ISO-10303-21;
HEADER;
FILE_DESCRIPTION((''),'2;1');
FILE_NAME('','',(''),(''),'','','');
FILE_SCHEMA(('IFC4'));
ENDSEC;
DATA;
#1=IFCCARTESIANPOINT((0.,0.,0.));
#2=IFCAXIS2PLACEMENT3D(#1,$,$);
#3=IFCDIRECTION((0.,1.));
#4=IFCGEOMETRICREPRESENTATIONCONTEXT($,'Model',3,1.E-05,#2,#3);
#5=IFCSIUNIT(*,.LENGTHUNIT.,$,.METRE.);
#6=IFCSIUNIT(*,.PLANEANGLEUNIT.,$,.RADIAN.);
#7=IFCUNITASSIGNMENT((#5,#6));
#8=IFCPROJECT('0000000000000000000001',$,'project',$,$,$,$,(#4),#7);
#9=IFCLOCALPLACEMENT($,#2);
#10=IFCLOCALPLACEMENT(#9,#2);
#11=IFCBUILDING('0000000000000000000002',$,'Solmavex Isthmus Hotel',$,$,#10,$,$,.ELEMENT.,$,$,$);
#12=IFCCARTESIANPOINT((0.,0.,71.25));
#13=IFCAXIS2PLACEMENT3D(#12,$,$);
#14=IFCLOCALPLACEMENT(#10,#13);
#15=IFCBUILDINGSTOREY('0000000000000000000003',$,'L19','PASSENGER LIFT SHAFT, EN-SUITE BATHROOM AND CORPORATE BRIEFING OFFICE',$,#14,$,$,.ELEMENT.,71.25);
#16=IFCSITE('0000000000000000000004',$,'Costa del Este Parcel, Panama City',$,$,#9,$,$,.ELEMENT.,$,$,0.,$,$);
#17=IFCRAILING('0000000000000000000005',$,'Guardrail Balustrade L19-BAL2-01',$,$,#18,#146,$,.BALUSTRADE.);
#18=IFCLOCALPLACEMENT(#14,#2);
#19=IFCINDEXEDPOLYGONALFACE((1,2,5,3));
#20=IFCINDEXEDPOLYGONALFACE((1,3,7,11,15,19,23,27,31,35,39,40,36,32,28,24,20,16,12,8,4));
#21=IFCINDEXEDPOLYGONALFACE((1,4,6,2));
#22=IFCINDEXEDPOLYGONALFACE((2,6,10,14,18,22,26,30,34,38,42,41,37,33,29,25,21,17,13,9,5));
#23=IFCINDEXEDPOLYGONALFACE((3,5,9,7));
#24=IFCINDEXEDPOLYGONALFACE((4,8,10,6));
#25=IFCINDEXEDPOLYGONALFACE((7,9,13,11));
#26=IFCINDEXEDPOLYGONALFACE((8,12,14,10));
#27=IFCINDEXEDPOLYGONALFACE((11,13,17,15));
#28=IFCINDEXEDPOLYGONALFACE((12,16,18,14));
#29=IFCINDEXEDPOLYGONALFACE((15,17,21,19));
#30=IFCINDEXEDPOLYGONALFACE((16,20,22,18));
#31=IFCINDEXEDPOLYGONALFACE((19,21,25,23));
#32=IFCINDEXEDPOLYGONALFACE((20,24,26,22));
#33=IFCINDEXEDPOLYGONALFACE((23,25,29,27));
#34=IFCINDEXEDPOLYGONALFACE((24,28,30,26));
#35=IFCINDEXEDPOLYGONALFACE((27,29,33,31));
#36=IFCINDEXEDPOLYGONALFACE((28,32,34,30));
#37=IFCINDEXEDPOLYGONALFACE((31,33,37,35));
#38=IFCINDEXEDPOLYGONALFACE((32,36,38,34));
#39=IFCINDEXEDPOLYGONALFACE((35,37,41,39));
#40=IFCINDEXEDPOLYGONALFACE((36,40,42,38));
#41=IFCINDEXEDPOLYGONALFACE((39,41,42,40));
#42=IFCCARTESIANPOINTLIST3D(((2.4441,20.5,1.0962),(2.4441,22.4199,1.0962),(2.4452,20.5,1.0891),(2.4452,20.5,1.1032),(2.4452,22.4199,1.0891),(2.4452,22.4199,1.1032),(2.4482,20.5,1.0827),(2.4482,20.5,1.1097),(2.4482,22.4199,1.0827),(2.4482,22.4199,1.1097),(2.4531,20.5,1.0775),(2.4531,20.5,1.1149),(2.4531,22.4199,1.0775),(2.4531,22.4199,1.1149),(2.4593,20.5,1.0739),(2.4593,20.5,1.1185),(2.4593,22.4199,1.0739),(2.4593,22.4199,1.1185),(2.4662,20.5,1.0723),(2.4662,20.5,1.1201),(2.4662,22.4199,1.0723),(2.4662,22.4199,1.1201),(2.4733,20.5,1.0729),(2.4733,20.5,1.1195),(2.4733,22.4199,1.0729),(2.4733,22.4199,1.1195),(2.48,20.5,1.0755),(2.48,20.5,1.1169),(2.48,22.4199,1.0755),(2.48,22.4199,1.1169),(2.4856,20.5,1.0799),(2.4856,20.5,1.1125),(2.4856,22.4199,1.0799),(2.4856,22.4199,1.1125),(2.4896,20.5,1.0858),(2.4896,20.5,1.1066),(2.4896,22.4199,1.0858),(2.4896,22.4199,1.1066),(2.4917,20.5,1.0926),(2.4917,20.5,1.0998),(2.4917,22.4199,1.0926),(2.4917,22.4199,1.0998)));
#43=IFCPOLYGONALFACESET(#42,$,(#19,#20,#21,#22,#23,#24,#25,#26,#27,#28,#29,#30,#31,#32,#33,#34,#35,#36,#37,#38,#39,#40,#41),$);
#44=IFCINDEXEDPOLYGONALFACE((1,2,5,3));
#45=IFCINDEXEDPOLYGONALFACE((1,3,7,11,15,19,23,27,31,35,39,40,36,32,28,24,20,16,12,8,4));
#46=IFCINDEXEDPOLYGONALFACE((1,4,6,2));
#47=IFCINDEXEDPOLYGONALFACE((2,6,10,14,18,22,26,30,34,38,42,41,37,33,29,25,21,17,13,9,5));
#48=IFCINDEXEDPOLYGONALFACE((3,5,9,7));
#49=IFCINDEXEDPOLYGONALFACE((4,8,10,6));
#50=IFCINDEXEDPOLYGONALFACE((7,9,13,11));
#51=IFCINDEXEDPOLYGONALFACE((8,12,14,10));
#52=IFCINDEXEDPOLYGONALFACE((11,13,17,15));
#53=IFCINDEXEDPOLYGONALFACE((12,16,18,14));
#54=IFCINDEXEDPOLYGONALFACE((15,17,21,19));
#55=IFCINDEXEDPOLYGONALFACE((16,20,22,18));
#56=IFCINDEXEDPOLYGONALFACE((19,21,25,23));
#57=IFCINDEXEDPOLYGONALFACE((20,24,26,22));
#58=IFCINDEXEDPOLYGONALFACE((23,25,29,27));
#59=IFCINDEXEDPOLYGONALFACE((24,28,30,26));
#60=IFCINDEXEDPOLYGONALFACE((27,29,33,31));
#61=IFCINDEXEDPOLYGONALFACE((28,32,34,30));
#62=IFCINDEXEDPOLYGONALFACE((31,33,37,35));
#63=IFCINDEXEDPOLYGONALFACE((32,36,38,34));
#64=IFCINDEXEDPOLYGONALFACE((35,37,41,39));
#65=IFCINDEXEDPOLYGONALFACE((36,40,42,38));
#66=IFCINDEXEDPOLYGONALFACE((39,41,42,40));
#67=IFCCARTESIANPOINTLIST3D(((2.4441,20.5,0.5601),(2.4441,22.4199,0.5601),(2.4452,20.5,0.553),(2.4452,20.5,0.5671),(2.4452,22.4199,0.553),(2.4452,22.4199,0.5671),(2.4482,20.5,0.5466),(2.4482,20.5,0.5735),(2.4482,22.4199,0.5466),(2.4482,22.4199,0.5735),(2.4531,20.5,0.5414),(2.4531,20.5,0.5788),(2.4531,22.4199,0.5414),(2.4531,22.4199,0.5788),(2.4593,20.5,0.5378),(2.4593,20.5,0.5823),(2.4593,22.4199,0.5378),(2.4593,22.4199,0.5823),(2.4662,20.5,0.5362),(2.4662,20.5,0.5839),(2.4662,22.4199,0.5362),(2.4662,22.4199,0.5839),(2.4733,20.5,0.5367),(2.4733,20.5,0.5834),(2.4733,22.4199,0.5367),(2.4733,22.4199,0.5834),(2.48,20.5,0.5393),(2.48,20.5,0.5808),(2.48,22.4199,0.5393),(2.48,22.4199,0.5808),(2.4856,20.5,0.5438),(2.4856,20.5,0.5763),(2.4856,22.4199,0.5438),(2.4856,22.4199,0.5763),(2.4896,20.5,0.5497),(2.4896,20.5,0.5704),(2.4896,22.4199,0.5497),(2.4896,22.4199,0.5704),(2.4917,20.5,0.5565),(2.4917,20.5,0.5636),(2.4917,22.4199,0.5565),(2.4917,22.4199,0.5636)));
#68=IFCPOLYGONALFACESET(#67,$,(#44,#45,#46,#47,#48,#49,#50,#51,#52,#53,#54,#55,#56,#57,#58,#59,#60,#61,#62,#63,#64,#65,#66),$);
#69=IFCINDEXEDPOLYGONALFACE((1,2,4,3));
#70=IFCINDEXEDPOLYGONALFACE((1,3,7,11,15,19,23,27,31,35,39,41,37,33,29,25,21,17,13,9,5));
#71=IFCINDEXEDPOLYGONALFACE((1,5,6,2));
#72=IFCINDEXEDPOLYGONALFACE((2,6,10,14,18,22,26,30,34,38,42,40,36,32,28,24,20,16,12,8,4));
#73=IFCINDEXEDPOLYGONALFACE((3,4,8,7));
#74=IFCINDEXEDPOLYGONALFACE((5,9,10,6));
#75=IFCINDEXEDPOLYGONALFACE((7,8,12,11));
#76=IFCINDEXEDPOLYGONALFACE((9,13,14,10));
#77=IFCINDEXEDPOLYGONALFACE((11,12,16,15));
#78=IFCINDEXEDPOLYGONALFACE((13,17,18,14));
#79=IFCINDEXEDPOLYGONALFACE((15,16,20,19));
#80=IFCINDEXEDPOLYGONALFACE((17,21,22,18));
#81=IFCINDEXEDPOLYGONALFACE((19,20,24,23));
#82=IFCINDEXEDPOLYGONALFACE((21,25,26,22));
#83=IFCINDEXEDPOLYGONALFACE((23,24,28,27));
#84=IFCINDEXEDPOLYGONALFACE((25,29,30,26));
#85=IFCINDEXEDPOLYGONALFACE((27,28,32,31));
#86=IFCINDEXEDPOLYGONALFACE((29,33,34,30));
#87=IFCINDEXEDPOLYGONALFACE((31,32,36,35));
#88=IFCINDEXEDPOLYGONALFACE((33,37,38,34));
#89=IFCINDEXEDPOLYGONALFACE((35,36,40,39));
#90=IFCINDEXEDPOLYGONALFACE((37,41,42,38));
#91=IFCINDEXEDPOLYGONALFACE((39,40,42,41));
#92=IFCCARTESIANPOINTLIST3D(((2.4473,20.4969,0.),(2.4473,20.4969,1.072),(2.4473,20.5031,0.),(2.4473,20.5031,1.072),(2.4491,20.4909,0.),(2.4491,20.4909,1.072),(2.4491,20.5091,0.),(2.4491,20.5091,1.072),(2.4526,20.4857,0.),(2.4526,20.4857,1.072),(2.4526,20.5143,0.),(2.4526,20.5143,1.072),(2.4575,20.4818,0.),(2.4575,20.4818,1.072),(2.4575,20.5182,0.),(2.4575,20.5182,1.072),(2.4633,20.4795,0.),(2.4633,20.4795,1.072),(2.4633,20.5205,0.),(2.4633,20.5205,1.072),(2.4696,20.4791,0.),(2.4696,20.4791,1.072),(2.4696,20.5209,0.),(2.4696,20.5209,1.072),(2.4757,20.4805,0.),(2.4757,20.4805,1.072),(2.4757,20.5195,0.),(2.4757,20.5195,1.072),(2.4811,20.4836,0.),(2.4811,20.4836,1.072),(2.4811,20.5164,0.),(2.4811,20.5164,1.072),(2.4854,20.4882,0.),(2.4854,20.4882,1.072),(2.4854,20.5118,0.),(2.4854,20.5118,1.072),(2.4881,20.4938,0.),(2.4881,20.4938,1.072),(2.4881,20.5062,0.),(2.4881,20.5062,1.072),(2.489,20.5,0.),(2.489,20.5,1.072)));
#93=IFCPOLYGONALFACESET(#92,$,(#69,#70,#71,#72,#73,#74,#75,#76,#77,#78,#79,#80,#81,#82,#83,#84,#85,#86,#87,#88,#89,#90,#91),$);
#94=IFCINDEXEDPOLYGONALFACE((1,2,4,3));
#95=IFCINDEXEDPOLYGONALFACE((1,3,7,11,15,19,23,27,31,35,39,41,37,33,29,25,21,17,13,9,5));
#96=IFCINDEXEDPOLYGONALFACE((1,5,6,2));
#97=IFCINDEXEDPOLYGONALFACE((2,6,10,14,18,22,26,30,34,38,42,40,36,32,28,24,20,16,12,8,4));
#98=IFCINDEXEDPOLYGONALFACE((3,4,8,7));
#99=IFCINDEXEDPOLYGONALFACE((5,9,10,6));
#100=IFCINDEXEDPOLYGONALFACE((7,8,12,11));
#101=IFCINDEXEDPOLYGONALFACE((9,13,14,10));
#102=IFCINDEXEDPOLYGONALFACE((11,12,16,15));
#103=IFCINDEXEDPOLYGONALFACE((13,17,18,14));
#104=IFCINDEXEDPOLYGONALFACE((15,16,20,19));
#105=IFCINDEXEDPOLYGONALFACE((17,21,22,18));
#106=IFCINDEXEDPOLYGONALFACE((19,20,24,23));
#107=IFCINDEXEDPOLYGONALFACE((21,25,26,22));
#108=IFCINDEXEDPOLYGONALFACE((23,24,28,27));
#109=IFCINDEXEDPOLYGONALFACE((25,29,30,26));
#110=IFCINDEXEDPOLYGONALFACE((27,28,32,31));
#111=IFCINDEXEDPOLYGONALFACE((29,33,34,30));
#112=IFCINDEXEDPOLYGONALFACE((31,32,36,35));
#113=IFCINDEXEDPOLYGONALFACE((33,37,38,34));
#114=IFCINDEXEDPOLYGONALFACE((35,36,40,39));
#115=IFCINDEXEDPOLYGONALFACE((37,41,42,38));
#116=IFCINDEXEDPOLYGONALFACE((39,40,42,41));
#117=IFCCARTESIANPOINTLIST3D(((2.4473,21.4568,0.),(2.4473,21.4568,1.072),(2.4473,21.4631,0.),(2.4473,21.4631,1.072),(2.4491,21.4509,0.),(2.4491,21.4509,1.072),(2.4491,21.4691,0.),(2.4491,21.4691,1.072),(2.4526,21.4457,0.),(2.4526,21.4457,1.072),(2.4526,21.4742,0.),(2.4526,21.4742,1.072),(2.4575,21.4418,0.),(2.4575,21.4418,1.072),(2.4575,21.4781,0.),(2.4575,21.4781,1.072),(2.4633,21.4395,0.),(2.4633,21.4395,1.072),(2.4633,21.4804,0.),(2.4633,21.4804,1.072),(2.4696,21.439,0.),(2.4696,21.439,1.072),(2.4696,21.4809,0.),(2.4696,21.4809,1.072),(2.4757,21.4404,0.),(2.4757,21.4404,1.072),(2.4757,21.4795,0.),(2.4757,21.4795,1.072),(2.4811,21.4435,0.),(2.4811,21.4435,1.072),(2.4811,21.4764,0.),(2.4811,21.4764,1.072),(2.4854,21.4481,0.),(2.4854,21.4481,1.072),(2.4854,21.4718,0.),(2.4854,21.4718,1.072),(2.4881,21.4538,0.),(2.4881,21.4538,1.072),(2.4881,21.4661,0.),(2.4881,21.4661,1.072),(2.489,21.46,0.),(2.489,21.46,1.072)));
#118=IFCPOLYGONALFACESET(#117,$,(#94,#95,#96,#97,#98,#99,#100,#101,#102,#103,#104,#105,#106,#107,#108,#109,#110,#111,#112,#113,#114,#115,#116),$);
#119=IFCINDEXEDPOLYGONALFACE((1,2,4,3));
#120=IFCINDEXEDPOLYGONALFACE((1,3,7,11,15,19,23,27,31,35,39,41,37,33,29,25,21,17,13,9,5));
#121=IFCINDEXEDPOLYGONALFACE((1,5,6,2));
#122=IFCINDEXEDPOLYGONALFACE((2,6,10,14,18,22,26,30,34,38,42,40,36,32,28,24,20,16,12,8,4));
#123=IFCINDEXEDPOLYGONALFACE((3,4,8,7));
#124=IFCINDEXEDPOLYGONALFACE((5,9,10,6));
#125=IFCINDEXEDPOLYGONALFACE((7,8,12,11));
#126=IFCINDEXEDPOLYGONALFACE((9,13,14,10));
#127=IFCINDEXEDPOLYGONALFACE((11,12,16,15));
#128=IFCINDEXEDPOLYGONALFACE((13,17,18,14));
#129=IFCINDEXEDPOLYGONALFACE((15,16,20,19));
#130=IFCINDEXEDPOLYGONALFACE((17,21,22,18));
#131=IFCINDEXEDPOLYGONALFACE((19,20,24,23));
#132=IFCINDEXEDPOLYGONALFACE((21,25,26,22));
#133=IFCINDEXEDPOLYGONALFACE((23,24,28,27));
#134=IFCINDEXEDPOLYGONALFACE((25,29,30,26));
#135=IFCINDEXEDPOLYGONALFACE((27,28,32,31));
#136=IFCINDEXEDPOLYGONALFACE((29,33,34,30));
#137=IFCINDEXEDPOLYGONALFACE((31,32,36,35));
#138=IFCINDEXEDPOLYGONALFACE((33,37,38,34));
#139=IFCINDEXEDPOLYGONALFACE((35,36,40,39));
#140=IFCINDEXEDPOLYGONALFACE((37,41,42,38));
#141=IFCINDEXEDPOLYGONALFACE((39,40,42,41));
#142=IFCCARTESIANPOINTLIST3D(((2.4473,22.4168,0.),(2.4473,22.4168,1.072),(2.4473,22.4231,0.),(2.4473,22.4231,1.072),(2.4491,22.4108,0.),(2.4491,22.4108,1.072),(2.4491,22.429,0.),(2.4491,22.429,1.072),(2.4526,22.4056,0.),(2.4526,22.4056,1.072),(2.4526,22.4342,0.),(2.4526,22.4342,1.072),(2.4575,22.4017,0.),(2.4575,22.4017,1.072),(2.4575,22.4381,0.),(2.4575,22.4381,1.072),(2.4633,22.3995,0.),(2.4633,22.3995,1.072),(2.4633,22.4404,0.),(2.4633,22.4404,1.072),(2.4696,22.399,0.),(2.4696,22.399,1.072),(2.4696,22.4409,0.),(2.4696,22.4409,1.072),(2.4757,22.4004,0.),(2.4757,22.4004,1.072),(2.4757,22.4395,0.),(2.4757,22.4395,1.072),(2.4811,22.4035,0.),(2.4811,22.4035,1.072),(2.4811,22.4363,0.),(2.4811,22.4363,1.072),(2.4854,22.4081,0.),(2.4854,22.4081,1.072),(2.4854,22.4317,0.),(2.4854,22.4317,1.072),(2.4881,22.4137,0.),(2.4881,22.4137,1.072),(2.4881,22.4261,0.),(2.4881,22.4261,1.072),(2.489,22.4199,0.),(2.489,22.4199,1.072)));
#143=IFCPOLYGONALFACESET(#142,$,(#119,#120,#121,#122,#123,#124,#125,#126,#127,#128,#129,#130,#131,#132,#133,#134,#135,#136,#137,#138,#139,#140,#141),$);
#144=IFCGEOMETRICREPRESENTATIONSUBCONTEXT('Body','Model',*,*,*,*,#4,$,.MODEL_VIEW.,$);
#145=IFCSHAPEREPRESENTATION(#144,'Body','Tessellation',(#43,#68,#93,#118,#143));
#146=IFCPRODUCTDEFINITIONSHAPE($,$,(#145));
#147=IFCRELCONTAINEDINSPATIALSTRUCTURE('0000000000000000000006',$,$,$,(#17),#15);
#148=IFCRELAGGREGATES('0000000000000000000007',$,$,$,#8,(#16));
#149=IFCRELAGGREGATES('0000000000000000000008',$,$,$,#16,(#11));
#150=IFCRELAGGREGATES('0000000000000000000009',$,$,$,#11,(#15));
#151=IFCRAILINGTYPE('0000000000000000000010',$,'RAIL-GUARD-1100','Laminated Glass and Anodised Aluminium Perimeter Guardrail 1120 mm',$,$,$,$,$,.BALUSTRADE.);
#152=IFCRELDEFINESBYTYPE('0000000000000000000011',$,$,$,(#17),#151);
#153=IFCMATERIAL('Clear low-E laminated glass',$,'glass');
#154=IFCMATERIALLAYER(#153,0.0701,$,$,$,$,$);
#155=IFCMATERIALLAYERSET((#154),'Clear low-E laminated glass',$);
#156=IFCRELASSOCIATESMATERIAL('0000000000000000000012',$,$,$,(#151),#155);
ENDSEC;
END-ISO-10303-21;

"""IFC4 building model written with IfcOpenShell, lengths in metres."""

from ifc_helpers import new_model, si_unit, direction, frame, origin, origin_2d, place, context, subcontext, project, spatial, circle, extrude, material, layer, layer_set, type_object, element, save


model = new_model("IFC4")

# Units and contexts
model_context = context("Model", 3, precision=1e-05, world=origin(), true_north=direction((0.0, 1.0)))
body_context = subcontext(model_context, "Body", "Model", "MODEL_VIEW")
ifc_project = project(units=[si_unit("LENGTHUNIT", "METRE"), si_unit("PLANEANGLEUNIT", "RADIAN")], contexts=[model_context])

# Site, building, storey
site_placement = place(None, origin())
site = spatial("IfcSite", under=ifc_project, at=site_placement, Name="Costa del Este Parcel, Panama City", CompositionType="ELEMENT", RefElevation=0.0)
building_placement = place(site_placement, origin())
building = spatial("IfcBuilding", under=site, at=building_placement, Name="Solmavex Isthmus Hotel", CompositionType="ELEMENT")
storey_placement = place(building_placement, frame((0.0, 0.0, 71.25)))
storey = spatial("IfcBuildingStorey", under=building, at=storey_placement, Name="L19", Description="PASSENGER LIFT SHAFT, EN-SUITE BATHROOM AND CORPORATE BRIEFING OFFICE", CompositionType="ELEMENT", Elevation=71.25)

# Shared definitions
ifc_material_1 = material(Name="Clear low-E laminated glass", Category="glass")

# Railing
ifc_layer_1 = layer(ifc_material_1, 0.0701)
ifc_layer_set_1 = layer_set([ifc_layer_1], Name="Clear low-E laminated glass")
railing_type = type_object("IfcRailingType", Name="RAIL-GUARD-1100", Description="Laminated Glass and Anodised Aluminium Perimeter Guardrail 1120 mm", PredefinedType="BALUSTRADE", material=ifc_layer_set_1)
railing_1_placement = place(storey_placement, frame((2.468, 20.5, 0.0)))
element("IfcRailing", 1, at=railing_1_placement, inside=storey, type_object=railing_type, Name="Guardrail Balustrade L19-BAL2-01", PredefinedType="BALUSTRADE", context=body_context, shape_type="SweptSolid", body=[
    extrude(circle(Radius=0.0239, at=origin_2d()), frame((0.0, 0.0, 1.0962), z_axis=(0.0, 1.0, 0.0), x_axis=(-1.0, 0.0, 0.0)), (0.0, 0.0, 1.0), 1.9199),
    extrude(circle(Radius=0.0239, at=origin_2d()), frame((0.0, 0.0, 0.5601), z_axis=(0.0, 1.0, 0.0), x_axis=(-1.0, 0.0, 0.0)), (0.0, 0.0, 1.0), 1.9199),
    extrude(circle(Radius=0.021, at=origin_2d()), origin(), (0.0, 0.0, 1.0), 1.072),
    extrude(circle(Radius=0.021, at=origin_2d()), frame((0.0, 0.96, 0.0)), (0.0, 0.0, 1.0), 1.072),
    extrude(circle(Radius=0.021, at=origin_2d()), frame((0.0, 1.9199, 0.0)), (0.0, 0.0, 1.0), 1.072),
])

save(model, "model.ifc")
